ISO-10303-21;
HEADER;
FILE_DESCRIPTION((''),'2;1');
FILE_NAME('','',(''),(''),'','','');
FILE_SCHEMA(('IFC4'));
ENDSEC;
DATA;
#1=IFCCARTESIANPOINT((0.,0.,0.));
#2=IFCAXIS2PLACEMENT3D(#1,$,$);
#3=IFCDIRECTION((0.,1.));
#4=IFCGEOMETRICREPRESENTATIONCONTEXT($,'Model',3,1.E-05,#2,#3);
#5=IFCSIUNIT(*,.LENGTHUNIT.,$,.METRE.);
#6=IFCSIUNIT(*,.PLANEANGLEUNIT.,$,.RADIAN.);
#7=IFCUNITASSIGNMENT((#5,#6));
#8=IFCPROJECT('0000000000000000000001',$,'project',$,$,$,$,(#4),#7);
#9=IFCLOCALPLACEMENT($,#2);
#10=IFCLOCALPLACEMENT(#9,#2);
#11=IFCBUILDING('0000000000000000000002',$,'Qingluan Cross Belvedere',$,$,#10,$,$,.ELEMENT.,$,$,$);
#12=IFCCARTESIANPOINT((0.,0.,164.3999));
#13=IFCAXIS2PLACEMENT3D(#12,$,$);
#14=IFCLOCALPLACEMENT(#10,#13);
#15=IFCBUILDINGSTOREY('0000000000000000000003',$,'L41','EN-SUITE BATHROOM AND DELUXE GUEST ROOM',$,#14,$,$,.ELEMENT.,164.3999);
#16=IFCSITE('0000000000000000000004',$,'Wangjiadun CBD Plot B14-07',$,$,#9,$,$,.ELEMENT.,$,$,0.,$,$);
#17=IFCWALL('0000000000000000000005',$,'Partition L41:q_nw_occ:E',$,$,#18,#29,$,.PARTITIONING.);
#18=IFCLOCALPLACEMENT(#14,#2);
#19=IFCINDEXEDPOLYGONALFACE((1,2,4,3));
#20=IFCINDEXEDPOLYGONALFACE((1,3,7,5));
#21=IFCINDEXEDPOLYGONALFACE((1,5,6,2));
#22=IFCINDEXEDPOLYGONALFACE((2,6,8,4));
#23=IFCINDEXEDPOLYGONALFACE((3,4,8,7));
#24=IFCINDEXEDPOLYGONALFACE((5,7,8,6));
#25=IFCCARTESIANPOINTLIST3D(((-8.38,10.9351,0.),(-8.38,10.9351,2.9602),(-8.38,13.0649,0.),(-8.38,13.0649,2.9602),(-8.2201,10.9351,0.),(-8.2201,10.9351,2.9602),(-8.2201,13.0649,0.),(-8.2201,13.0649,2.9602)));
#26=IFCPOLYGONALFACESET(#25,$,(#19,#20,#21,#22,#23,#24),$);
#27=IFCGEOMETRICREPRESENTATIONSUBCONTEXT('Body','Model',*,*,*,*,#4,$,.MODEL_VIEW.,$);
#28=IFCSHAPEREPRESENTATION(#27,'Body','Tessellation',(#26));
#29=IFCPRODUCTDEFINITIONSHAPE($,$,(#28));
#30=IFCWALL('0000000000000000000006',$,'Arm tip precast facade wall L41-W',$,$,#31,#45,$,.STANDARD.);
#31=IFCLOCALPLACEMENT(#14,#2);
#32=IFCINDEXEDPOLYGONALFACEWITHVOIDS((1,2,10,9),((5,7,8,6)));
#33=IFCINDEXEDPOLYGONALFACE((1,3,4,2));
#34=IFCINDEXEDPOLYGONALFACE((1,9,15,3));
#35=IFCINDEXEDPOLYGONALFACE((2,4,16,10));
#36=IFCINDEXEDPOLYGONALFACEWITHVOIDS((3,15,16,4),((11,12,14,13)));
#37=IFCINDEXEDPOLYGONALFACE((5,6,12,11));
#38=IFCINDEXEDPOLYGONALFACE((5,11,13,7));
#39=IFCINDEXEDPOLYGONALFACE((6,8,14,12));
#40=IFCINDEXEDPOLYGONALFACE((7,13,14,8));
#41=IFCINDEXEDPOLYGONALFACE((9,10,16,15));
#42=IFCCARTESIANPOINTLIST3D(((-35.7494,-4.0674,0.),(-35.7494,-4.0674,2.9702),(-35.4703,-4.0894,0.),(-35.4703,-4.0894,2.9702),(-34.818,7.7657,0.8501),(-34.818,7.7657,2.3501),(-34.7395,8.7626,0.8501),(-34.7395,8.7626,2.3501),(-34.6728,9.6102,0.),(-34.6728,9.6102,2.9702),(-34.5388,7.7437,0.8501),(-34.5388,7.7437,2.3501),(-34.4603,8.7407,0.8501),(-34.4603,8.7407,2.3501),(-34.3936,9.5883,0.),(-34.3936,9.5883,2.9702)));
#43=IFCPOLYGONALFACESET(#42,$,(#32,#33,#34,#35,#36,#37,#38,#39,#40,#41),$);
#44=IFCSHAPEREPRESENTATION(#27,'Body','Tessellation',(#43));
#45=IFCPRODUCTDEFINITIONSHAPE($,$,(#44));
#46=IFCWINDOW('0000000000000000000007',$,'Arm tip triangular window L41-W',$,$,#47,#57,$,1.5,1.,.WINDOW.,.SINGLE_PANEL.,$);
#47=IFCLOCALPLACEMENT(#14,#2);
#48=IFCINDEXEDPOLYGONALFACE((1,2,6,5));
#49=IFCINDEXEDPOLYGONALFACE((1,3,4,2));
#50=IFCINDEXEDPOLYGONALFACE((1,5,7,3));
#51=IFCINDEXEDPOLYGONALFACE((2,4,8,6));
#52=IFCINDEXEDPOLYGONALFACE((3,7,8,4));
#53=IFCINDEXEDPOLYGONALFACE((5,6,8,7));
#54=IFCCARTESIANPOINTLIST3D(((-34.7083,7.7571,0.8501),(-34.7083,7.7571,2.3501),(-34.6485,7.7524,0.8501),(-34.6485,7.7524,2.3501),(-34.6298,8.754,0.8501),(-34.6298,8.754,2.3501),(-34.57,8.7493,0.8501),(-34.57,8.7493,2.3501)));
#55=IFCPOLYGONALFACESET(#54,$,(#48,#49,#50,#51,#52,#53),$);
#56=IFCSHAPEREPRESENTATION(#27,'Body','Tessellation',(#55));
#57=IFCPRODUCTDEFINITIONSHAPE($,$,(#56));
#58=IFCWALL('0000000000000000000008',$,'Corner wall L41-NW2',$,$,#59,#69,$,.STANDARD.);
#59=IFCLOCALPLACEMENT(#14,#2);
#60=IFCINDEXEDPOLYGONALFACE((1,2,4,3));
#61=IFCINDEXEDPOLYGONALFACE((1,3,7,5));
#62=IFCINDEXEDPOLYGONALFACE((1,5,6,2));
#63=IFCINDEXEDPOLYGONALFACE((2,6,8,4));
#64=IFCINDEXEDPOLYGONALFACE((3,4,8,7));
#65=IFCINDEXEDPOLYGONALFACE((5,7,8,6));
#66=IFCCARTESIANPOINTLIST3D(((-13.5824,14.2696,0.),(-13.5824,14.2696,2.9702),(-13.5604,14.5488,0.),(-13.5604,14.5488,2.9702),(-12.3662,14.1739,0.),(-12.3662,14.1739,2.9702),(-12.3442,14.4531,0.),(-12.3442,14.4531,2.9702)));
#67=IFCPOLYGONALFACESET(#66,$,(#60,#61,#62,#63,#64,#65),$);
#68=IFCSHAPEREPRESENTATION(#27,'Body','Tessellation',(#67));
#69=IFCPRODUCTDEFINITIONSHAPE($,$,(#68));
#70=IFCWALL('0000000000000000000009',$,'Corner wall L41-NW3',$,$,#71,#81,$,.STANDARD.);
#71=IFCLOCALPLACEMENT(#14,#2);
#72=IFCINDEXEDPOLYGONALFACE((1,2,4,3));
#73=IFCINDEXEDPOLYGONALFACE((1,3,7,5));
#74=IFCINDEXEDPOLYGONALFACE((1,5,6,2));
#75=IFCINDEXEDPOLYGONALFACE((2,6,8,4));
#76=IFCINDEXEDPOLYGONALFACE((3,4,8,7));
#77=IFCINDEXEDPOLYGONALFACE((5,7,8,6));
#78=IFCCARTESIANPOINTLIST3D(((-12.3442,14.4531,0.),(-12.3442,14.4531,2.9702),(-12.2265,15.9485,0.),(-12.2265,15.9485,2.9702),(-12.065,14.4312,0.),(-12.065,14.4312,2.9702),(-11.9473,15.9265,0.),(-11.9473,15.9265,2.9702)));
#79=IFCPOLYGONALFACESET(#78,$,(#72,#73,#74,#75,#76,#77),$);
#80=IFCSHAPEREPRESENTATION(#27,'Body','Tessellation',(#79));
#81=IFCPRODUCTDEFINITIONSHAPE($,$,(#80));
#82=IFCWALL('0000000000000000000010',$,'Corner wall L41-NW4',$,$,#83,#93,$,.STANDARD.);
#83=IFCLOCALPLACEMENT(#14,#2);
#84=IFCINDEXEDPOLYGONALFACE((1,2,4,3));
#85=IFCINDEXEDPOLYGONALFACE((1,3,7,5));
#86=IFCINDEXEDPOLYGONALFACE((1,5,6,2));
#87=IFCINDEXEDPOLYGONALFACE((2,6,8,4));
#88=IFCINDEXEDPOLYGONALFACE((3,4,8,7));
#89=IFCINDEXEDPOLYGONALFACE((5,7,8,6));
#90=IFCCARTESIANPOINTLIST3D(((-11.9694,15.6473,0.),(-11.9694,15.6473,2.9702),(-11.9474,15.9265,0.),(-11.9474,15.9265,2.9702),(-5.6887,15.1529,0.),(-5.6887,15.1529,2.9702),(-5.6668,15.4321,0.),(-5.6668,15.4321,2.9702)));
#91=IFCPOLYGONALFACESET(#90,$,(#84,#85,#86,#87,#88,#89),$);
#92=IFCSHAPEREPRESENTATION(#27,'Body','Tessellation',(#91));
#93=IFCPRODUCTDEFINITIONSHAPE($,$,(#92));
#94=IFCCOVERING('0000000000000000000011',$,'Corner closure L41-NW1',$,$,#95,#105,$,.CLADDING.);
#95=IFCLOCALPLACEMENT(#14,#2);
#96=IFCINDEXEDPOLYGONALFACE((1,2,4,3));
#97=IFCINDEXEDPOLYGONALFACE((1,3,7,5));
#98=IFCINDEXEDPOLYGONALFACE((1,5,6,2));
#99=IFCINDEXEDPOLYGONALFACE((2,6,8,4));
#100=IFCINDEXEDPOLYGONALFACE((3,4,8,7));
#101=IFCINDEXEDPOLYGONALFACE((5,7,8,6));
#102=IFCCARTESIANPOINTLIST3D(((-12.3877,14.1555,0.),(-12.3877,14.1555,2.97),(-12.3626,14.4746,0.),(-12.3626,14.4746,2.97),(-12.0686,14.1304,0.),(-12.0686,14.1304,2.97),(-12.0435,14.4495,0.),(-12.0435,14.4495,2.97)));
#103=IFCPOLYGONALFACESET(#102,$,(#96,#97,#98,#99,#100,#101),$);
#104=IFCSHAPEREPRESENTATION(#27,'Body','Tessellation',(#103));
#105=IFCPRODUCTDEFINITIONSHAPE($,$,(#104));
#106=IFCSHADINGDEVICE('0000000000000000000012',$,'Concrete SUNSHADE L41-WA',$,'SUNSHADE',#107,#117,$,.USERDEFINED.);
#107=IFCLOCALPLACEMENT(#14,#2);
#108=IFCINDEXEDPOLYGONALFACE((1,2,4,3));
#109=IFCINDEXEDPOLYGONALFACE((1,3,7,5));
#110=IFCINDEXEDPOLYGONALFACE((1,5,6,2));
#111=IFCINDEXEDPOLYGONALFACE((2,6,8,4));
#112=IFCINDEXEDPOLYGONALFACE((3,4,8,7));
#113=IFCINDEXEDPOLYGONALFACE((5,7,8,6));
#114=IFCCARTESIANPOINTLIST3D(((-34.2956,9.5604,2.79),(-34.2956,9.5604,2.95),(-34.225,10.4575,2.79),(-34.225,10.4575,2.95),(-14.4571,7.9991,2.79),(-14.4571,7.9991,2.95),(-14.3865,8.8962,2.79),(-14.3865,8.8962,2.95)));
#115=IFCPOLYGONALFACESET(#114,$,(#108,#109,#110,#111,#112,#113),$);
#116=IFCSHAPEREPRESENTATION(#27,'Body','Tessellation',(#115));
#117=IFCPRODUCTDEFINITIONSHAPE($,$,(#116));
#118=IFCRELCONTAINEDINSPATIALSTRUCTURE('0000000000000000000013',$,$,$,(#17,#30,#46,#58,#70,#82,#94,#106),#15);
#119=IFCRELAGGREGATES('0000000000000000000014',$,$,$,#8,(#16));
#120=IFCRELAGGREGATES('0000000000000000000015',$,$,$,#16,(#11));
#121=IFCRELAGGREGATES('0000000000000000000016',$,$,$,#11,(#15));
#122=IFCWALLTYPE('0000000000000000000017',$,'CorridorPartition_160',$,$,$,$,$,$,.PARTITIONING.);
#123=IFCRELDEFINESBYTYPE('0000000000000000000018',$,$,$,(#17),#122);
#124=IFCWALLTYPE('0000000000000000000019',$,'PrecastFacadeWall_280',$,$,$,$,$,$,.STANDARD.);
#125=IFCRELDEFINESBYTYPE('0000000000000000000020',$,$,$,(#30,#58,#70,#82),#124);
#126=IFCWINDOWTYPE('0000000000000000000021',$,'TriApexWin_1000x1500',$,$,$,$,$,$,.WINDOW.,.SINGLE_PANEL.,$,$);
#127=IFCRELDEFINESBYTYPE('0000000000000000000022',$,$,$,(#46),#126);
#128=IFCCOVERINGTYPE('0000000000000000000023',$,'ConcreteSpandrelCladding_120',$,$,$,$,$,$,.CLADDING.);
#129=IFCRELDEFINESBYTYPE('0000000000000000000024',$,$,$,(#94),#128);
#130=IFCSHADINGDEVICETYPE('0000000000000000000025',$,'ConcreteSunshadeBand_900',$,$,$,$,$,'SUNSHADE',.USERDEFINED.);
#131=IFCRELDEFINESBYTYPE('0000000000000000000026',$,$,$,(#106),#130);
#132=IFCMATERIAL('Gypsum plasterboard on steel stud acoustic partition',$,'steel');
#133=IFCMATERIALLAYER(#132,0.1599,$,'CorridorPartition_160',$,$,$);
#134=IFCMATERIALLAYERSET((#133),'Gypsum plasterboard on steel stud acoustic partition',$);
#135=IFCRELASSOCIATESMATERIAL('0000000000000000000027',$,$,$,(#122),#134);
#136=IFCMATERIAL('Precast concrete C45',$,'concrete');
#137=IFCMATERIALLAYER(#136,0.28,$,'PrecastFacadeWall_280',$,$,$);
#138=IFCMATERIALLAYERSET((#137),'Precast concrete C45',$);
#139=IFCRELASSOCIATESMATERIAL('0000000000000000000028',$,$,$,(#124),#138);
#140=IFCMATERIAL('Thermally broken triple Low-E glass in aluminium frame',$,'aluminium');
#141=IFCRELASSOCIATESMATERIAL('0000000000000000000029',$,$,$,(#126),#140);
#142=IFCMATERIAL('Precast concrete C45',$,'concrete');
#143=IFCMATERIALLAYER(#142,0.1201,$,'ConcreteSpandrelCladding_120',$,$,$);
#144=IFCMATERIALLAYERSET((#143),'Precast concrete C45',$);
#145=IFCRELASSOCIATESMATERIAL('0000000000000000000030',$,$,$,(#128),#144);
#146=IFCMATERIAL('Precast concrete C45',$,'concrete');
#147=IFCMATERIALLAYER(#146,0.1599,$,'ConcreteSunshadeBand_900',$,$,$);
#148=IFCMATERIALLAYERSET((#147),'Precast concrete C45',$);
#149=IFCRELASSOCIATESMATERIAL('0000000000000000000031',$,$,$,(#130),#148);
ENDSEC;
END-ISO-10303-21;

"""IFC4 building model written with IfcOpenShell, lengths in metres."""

from ifc_helpers import new_model, si_unit, direction, frame, frame_2d, origin, origin_2d, place, context, subcontext, project, spatial, rectangle, extrude, material, layer, layer_set, type_object, element, fill, save


model = new_model("IFC4")

# Units and contexts
model_context = context("Model", 3, precision=1e-05, world=origin(), true_north=direction((0.0, 1.0)))
body_context = subcontext(model_context, "Body", "Model", "MODEL_VIEW")
ifc_project = project(units=[si_unit("LENGTHUNIT", "METRE"), si_unit("PLANEANGLEUNIT", "RADIAN")], contexts=[model_context])

# Site, building, storey
site_placement = place(None, origin())
site = spatial("IfcSite", under=ifc_project, at=site_placement, Name="Wangjiadun CBD Plot B14-07", CompositionType="ELEMENT", RefElevation=0.0)
building_placement = place(site_placement, origin())
building = spatial("IfcBuilding", under=site, at=building_placement, Name="Qingluan Cross Belvedere", CompositionType="ELEMENT")
storey_placement = place(building_placement, frame((0.0, 0.0, 164.3999)))
storey = spatial("IfcBuildingStorey", under=building, at=storey_placement, Name="L41", Description="EN-SUITE BATHROOM AND DELUXE GUEST ROOM", CompositionType="ELEMENT", Elevation=164.3999)

# Shared definitions
ifc_material_1 = material(Name="Gypsum plasterboard on steel stud acoustic partition", Category="steel")
ifc_layer_1 = layer(ifc_material_1, 0.1599, Name="CorridorPartition_160")
ifc_layer_set_1 = layer_set([ifc_layer_1], Name="Gypsum plasterboard on steel stud acoustic partition")
wall_type_1 = type_object("IfcWallType", Name="CorridorPartition_160", PredefinedType="PARTITIONING", material=ifc_layer_set_1)

# Wall
for number, where, z_axis, x_axis, name in (
    (1, (-8.3, 10.9351, 0.0), (0.0, 0.0, 1.0), (0.0, 1.0, 0.0), "Partition L41:q_nw_occ:E"),
):
    element("IfcWall", number, at=place(storey_placement, frame(where, z_axis=z_axis, x_axis=x_axis)), inside=storey, type_object=wall_type_1, Name=name, PredefinedType="PARTITIONING", context=body_context, shape_type="SweptSolid", body=[
        extrude(rectangle(XDim=2.1299, YDim=0.1599, at=frame_2d((1.0649, 0.0))), origin(), (0.0, 0.0, 1.0), 2.9602),
    ])

# Wall, opening, window
ifc_material_2 = material(Name="Precast concrete C45", Category="concrete")
ifc_layer_2 = layer(ifc_material_2, 0.28, Name="PrecastFacadeWall_280")
ifc_layer_set_2 = layer_set([ifc_layer_2], Name="Precast concrete C45")
wall_type_2 = type_object("IfcWallType", Name="PrecastFacadeWall_280", PredefinedType="STANDARD", material=ifc_layer_set_2)
wall_1_placement = place(storey_placement, frame((-34.5332, 9.5991, 0.0), z_axis=(0.0, 0.0, 1.0), x_axis=(-0.078474, -0.996916, 0.0)))
wall_1 = element("IfcWall", 2, at=wall_1_placement, inside=storey, type_object=wall_type_2, Name="Arm tip precast facade wall L41-W", PredefinedType="STANDARD", context=body_context, shape_type="SweptSolid", body=[
    extrude(rectangle(XDim=13.72, YDim=0.28, at=frame_2d((6.8599, 0.0))), origin(), (0.0, 0.0, 1.0), 2.9702),
])
opening_1_placement = place(wall_1_placement, frame((0.8501, 0.0, 0.8501)))
opening_1 = element("IfcOpeningElement", 3, at=opening_1_placement, cuts=wall_1, PredefinedType="OPENING", context=body_context, shape_type="SweptSolid", body=[
    extrude(rectangle(XDim=1.0, YDim=1.5, at=frame_2d((0.5, 0.75))), frame((0.0, 0.1499, 0.0), z_axis=(0.0, -1.0, 0.0), x_axis=(1.0, 0.0, 0.0)), (0.0, 0.0, 1.0), 0.3),
])
ifc_material_3 = material(Name="Thermally broken triple Low-E glass in aluminium frame", Category="aluminium")
window_type = type_object("IfcWindowType", Name="TriApexWin_1000x1500", PartitioningType="SINGLE_PANEL", PredefinedType="WINDOW", material=ifc_material_3)
window_placement = place(opening_1_placement, origin())
window = element("IfcWindow", 4, at=window_placement, inside=storey, type_object=window_type, Name="Arm tip triangular window L41-W", OverallHeight=1.5, OverallWidth=1.0, PartitioningType="SINGLE_PANEL", PredefinedType="WINDOW", context=body_context, shape_type="SweptSolid", body=[
    extrude(rectangle(XDim=1.0, YDim=1.5, at=frame_2d((0.5, 0.75))), frame((0.0, 0.03, 0.0), z_axis=(0.0, -1.0, 0.0), x_axis=(1.0, 0.0, 0.0)), (0.0, 0.0, 1.0), 0.0601),
])
fill(opening_1, window)

# Walls
wall_2_placement = place(storey_placement, frame((-13.5713, 14.4092, 0.0), z_axis=(0.0, 0.0, 1.0), x_axis=(0.996919, -0.078441, 0.0)))
element("IfcWall", 5, at=wall_2_placement, inside=storey, type_object=wall_type_2, Name="Corner wall L41-NW2", PredefinedType="STANDARD", context=body_context, shape_type="SweptSolid", body=[
    extrude(rectangle(XDim=1.22, YDim=0.28, at=frame_2d((0.6099, 0.0))), origin(), (0.0, 0.0, 1.0), 2.9702),
])
wall_3_placement = place(storey_placement, frame((-12.2046, 14.4421, 0.0), z_axis=(0.0, 0.0, 1.0), x_axis=(0.078451, 0.996918, 0.0)))
element("IfcWall", 6, at=wall_3_placement, inside=storey, type_object=wall_type_2, Name="Corner wall L41-NW3", PredefinedType="STANDARD", context=body_context, shape_type="SweptSolid", body=[
    extrude(rectangle(XDim=1.5, YDim=0.28, at=frame_2d((0.75, 0.0))), origin(), (0.0, 0.0, 1.0), 2.9702),
])
wall_4_placement = place(storey_placement, frame((-11.9583, 15.7869, 0.0), z_axis=(0.0, 0.0, 1.0), x_axis=(0.996916, -0.078474, 0.0)))
element("IfcWall", 7, at=wall_4_placement, inside=storey, type_object=wall_type_2, Name="Corner wall L41-NW4", PredefinedType="STANDARD", context=body_context, shape_type="SweptSolid", body=[
    extrude(rectangle(XDim=6.3, YDim=0.28, at=frame_2d((3.1499, 0.0))), origin(), (0.0, 0.0, 1.0), 2.9702),
])

# Covering
ifc_material_4 = material(Name="Precast concrete C45", Category="concrete")
ifc_layer_3 = layer(ifc_material_4, 0.1201, Name="ConcreteSpandrelCladding_120")
ifc_layer_set_3 = layer_set([ifc_layer_3], Name="Precast concrete C45")
covering_type = type_object("IfcCoveringType", Name="ConcreteSpandrelCladding_120", PredefinedType="CLADDING", material=ifc_layer_set_3)
covering_placement = place(storey_placement, frame((-12.2156, 14.3025, 0.0), z_axis=(0.0, 0.0, 1.0), x_axis=(0.996917, -0.078459, 0.0)))
element("IfcCovering", 8, at=covering_placement, inside=storey, type_object=covering_type, Name="Corner closure L41-NW1", PredefinedType="CLADDING", context=body_context, shape_type="SweptSolid", body=[
    extrude(rectangle(XDim=0.3201, YDim=0.3201, at=origin_2d()), origin(), (0.0, 0.0, 1.0), 2.97),
])

# Shading device
ifc_material_5 = material(Name="Precast concrete C45", Category="concrete")
ifc_layer_4 = layer(ifc_material_5, 0.1599, Name="ConcreteSunshadeBand_900")
ifc_layer_set_4 = layer_set([ifc_layer_4], Name="Precast concrete C45")
shading_device_type = type_object("IfcShadingDeviceType", Name="ConcreteSunshadeBand_900", ElementType="SUNSHADE", PredefinedType="USERDEFINED", material=ifc_layer_set_4)
shading_device_placement = place(storey_placement, frame((-24.3411, 9.2283, 2.79), z_axis=(0.0, 0.0, 1.0), x_axis=(-0.996917, 0.078458, 0.0)))
element("IfcShadingDevice", 9, at=shading_device_placement, inside=storey, type_object=shading_device_type, Name="Concrete SUNSHADE L41-WA", ObjectType="SUNSHADE", PredefinedType="USERDEFINED", context=body_context, shape_type="SweptSolid", body=[
    extrude(rectangle(XDim=19.8999, YDim=0.8999, at=origin_2d()), origin(), (0.0, 0.0, 1.0), 0.1599),
])

save(model, "model.ifc")
